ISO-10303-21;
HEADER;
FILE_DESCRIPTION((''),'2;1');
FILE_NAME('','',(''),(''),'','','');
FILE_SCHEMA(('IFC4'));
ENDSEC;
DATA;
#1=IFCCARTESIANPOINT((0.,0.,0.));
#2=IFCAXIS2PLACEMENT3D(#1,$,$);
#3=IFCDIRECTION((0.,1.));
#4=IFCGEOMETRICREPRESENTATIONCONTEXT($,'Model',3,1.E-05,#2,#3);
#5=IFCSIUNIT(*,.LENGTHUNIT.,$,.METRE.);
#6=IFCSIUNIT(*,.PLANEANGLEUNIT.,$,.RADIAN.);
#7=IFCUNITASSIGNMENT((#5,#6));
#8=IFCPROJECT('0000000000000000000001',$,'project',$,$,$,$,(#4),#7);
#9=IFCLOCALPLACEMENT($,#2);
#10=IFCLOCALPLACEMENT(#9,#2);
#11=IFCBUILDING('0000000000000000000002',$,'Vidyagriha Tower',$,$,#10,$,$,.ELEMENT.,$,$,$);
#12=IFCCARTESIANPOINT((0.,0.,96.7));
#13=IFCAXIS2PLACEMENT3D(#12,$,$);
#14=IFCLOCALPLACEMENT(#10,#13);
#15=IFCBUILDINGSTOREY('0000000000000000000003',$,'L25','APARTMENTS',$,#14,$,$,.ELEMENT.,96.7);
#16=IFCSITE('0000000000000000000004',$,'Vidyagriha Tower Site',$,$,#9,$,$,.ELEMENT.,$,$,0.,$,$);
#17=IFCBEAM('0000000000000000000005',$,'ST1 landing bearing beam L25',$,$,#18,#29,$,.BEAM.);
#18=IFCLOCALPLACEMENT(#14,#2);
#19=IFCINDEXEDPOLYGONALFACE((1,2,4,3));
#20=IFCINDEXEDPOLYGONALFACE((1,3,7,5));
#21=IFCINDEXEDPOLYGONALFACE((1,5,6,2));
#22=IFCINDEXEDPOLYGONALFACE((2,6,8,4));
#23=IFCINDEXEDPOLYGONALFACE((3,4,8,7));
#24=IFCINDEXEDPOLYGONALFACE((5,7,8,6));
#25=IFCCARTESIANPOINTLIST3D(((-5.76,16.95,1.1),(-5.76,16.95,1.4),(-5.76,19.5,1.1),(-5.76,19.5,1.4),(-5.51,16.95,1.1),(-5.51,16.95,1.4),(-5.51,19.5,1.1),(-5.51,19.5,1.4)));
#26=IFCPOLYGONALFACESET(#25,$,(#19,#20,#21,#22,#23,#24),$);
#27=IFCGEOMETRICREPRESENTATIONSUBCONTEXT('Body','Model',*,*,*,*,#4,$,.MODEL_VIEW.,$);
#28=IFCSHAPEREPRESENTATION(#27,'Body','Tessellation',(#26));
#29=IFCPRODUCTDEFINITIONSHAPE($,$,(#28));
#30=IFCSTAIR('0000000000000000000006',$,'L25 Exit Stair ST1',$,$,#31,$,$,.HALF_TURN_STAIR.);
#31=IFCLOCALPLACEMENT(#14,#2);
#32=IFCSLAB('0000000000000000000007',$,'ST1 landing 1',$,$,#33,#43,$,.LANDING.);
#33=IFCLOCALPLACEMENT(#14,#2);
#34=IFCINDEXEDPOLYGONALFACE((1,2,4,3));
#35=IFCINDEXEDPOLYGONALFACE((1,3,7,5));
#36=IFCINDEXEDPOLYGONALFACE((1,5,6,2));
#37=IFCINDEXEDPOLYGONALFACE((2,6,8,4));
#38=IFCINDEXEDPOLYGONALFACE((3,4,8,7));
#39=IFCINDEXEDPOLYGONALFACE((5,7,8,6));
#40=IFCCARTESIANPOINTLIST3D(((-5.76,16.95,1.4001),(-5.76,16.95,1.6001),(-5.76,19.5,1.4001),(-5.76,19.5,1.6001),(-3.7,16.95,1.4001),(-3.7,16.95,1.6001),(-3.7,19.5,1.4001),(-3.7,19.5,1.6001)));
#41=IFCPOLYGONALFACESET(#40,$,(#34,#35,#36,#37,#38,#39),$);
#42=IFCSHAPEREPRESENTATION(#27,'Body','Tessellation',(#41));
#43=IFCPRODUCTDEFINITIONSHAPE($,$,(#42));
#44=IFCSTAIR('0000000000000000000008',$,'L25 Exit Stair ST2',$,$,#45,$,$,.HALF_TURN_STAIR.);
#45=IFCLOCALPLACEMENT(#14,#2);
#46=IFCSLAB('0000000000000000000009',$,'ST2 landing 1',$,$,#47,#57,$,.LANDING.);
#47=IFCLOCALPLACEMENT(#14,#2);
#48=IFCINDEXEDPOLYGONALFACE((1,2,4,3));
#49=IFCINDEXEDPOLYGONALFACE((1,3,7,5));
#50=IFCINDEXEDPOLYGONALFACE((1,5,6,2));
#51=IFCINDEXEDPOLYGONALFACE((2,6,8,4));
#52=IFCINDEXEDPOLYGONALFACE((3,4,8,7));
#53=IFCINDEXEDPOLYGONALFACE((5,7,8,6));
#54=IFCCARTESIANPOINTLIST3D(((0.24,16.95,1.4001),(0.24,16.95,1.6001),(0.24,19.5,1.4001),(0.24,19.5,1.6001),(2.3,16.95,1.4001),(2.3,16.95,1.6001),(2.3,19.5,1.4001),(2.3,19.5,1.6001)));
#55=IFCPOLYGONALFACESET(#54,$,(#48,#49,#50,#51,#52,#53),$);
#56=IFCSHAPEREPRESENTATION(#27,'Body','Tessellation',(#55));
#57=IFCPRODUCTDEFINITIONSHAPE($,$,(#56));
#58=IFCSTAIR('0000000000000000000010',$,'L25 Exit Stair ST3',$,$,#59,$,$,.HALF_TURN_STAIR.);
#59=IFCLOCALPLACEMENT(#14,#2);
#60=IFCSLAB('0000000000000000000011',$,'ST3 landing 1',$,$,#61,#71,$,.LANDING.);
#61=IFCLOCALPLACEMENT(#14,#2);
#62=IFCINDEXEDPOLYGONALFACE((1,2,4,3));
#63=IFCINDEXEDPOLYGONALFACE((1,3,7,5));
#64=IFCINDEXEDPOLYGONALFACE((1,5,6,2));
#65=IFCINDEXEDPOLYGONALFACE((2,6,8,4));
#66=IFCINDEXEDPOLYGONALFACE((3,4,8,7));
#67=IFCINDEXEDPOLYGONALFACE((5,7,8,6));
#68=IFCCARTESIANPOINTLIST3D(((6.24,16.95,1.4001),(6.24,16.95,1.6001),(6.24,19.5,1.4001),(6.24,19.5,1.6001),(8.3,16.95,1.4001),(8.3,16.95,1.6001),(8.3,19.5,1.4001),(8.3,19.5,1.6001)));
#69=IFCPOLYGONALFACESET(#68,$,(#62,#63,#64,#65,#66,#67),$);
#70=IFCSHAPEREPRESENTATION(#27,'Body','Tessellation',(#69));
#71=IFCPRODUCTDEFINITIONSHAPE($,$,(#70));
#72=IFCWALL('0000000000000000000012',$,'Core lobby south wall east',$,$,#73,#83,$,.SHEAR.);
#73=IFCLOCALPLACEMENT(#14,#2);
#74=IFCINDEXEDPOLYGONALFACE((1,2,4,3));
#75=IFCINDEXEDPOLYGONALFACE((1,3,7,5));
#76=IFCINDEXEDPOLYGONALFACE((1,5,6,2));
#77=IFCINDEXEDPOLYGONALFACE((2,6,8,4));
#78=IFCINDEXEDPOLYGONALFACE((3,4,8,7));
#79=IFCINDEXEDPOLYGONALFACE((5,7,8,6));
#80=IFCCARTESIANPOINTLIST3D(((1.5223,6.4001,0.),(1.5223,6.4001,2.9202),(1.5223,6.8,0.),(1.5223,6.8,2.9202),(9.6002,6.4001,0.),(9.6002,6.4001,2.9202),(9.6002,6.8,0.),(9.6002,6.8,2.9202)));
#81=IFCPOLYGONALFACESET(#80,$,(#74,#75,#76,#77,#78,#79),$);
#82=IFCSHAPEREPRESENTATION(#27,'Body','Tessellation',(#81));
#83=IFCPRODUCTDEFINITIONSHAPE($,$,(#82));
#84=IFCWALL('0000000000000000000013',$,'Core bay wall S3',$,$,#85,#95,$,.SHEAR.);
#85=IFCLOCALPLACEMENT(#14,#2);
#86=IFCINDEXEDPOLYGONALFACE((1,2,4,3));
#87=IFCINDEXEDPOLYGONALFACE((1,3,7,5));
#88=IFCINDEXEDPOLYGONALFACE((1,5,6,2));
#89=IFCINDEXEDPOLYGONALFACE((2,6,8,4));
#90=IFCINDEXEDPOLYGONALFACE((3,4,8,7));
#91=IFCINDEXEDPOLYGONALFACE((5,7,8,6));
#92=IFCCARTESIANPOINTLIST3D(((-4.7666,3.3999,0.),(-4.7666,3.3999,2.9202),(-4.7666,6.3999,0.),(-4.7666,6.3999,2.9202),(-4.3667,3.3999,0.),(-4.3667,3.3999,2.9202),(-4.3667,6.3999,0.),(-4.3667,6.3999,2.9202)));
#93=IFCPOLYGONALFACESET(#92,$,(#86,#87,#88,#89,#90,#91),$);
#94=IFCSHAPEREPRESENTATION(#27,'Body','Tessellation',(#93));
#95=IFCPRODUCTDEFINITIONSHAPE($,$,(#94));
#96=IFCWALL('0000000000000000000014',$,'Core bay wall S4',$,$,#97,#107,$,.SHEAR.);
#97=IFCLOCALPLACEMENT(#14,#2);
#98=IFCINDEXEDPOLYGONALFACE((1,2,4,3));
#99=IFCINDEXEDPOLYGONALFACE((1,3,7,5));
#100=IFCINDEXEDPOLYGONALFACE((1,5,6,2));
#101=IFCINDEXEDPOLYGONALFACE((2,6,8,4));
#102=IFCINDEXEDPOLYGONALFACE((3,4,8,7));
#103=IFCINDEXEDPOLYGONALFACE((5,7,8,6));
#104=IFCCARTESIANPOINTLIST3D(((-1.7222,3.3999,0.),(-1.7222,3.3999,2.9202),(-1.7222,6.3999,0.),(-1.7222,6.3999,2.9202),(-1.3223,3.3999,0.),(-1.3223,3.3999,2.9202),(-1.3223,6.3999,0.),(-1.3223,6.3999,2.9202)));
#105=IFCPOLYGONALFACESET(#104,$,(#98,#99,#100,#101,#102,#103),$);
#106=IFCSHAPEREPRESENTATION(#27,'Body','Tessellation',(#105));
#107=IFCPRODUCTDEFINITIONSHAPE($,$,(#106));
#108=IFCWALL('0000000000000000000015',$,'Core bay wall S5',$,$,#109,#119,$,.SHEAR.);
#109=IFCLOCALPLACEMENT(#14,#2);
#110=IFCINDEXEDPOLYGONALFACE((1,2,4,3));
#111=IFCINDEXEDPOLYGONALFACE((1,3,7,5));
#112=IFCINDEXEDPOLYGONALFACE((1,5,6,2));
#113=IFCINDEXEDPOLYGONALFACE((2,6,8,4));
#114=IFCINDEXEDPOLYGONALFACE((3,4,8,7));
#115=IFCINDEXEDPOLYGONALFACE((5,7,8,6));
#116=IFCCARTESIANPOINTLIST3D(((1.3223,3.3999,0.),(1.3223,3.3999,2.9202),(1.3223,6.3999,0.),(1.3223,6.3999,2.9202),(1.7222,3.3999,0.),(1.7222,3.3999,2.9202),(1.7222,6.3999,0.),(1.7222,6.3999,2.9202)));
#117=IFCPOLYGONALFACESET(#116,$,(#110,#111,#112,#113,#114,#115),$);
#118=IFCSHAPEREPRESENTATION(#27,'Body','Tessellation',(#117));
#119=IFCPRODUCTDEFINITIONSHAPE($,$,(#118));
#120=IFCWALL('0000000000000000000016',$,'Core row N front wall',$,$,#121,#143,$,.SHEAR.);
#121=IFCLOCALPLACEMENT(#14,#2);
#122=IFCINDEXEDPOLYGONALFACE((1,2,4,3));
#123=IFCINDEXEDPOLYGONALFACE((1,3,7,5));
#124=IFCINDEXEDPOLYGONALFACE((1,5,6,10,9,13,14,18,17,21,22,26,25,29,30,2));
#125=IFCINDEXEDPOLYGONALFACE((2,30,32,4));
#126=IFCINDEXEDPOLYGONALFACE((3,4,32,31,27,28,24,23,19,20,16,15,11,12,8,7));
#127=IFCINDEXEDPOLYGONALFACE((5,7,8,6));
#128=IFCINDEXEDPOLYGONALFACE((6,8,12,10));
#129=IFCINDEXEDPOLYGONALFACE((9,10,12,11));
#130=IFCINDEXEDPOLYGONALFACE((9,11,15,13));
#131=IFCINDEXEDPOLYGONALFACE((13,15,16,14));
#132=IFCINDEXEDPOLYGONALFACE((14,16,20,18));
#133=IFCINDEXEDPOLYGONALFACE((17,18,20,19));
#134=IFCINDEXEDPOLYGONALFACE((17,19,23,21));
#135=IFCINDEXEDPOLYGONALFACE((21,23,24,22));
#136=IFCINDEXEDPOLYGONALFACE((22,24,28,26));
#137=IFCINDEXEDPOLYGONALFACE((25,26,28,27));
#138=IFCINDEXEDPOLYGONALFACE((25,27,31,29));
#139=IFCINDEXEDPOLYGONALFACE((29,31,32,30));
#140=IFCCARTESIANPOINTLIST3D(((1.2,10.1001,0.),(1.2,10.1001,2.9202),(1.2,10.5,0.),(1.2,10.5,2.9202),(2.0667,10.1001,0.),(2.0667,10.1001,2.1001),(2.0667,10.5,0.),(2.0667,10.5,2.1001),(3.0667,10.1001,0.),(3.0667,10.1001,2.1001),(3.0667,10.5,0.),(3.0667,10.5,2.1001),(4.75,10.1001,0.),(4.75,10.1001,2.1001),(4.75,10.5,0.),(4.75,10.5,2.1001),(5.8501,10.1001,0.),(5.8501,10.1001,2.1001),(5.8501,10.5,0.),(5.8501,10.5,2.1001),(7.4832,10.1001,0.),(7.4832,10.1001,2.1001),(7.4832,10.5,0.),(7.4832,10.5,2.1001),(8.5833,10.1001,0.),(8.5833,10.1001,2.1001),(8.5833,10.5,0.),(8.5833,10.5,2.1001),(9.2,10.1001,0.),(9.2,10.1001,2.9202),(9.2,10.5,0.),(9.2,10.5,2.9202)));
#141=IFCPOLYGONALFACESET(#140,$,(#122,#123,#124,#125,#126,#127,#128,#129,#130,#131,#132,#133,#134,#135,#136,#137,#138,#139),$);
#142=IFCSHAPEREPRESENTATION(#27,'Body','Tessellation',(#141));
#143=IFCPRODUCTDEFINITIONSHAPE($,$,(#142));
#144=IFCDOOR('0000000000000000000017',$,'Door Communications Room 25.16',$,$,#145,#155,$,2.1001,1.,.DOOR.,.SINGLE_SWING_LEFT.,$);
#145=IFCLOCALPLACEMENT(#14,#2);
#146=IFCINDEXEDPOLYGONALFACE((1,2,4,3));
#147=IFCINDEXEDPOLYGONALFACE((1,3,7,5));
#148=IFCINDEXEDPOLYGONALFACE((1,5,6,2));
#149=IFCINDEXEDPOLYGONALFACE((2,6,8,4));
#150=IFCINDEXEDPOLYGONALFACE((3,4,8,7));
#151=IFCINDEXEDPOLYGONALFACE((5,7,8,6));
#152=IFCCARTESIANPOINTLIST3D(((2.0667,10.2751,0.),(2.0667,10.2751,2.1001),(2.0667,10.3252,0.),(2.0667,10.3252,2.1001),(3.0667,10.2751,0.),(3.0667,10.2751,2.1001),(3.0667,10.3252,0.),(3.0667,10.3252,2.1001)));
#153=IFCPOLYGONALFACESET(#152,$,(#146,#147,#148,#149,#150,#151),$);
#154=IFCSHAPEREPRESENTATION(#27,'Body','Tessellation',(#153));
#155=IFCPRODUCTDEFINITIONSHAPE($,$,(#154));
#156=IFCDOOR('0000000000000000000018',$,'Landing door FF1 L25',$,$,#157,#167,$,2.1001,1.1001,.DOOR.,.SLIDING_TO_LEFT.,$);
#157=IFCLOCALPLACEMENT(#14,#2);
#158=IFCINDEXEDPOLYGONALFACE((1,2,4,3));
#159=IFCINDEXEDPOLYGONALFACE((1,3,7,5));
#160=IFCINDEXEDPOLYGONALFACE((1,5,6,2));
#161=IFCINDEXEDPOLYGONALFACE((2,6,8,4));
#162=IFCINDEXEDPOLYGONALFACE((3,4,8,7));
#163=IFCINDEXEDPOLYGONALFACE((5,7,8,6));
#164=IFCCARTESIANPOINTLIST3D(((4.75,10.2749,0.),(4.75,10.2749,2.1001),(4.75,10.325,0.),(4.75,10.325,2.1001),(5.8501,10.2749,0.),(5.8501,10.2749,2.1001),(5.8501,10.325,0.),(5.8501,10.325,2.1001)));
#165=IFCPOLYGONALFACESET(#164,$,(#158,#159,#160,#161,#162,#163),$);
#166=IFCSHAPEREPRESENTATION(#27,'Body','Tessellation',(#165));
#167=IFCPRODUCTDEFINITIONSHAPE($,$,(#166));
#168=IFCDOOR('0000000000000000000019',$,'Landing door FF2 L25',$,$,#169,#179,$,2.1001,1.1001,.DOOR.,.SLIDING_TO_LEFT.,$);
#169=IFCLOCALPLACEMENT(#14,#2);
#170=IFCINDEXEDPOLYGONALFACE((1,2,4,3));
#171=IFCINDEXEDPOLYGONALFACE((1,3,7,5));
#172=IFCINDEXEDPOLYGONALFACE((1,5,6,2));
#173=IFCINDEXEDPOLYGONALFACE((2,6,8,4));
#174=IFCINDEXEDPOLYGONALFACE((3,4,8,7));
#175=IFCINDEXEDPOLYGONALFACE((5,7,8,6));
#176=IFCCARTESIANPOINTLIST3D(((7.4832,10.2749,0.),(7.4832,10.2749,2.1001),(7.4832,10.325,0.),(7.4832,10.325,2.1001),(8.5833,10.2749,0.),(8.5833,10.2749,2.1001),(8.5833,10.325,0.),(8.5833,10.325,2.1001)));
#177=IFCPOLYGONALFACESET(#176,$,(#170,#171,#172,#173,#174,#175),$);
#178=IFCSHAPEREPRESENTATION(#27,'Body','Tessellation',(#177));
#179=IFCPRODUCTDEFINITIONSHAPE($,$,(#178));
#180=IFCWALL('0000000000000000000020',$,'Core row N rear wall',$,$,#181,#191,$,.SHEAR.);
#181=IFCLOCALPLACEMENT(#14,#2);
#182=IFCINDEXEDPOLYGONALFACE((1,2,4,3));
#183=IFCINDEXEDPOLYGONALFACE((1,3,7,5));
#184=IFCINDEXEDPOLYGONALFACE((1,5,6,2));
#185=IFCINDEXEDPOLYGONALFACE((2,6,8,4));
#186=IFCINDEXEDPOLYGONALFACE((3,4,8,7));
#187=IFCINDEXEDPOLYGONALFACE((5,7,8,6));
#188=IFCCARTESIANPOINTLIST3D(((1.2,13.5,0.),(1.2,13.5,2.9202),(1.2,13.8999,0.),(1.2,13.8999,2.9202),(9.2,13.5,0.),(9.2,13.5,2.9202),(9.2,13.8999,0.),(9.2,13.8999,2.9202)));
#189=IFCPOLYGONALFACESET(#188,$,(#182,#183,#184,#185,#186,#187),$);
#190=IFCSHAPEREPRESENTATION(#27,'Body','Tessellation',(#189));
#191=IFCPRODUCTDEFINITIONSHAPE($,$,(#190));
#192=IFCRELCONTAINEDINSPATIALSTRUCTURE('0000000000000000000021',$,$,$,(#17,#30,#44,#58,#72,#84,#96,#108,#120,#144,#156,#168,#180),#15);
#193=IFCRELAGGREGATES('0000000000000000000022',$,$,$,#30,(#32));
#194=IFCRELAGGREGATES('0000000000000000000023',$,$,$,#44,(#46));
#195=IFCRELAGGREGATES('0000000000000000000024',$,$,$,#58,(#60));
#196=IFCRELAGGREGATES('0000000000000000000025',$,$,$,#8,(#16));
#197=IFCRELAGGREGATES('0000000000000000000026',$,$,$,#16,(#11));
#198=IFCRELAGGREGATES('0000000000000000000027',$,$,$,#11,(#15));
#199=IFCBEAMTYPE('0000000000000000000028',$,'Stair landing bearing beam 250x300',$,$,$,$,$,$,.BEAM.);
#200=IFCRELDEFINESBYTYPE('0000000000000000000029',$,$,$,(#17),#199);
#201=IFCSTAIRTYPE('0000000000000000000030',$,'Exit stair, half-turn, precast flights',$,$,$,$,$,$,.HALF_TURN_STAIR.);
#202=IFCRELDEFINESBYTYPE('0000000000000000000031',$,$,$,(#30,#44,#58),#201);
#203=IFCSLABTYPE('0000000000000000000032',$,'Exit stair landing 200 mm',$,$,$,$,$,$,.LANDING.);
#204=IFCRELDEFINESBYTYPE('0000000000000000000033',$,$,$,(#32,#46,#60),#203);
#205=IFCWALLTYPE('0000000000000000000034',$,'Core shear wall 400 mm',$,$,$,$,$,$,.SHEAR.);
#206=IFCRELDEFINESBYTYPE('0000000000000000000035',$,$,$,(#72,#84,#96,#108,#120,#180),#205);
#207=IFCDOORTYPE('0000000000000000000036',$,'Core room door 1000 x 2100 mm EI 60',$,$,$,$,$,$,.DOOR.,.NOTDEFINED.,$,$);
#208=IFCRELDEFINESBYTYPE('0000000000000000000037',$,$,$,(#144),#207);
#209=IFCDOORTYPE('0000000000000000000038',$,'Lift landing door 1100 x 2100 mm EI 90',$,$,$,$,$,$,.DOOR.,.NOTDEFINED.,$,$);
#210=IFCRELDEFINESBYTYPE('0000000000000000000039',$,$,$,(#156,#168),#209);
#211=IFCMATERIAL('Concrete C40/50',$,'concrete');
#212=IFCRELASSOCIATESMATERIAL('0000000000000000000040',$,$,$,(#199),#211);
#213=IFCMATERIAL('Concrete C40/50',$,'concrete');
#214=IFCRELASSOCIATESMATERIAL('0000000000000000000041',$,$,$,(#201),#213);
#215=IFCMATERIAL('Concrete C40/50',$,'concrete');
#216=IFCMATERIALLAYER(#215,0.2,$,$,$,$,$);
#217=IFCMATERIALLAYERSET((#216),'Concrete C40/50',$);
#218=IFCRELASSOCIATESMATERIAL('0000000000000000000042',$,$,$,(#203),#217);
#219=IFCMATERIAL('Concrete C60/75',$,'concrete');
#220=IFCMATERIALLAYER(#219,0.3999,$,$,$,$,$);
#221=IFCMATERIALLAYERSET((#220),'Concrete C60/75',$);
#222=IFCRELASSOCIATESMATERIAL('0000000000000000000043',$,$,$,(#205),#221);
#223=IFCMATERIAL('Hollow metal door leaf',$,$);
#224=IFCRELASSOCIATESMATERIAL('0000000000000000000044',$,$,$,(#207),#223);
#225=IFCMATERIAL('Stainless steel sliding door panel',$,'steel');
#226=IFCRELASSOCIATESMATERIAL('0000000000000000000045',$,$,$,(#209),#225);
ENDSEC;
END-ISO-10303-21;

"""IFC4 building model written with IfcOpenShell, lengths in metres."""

from ifc_helpers import new_model, si_unit, direction, frame, frame_2d, origin, origin_2d, place, context, subcontext, project, spatial, polyline, rectangle, outline, extrude, material, layer, layer_set, material_profile, profile_set, type_object, element, fill, aggregate, save


model = new_model("IFC4")

# Units and contexts
model_context = context("Model", 3, precision=1e-05, world=origin(), true_north=direction((0.0, 1.0)))
body_context = subcontext(model_context, "Body", "Model", "MODEL_VIEW")
ifc_project = project(units=[si_unit("LENGTHUNIT", "METRE"), si_unit("PLANEANGLEUNIT", "RADIAN")], contexts=[model_context])

# Site, building, storey
site_placement = place(None, origin())
site = spatial("IfcSite", under=ifc_project, at=site_placement, Name="Vidyagriha Tower Site", CompositionType="ELEMENT", RefElevation=0.0)
building_placement = place(site_placement, origin())
building = spatial("IfcBuilding", under=site, at=building_placement, Name="Vidyagriha Tower", CompositionType="ELEMENT")
storey_placement = place(building_placement, frame((0.0, 0.0, 96.7)))
storey = spatial("IfcBuildingStorey", under=building, at=storey_placement, Name="L25", Description="APARTMENTS", CompositionType="ELEMENT", Elevation=96.7)

# Beam
ifc_material_1 = material(Name="Concrete C40/50", Category="concrete")
ifc_material_profile = material_profile(ifc_material_1, rectangle(XDim=0.25, YDim=0.3, at=origin_2d()), Name="Stair landing bearing beam 250x300")
ifc_profile_set = profile_set([ifc_material_profile], Name="Concrete C40/50")
beam_type = type_object("IfcBeamType", Name="Stair landing bearing beam 250x300", PredefinedType="BEAM", material=ifc_profile_set)
beam_placement = place(storey_placement, frame((-5.635, 16.95, 1.25), z_axis=(0.0, 1.0, 0.0), x_axis=(-1.0, 0.0, 0.0)))
element("IfcBeam", 1, at=beam_placement, inside=storey, type_object=beam_type, Name="ST1 landing bearing beam L25", PredefinedType="BEAM", context=body_context, shape_type="SweptSolid", body=[
    extrude(rectangle(XDim=0.25, YDim=0.3, at=origin_2d()), origin(), (0.0, 0.0, 1.0), 2.55),
])

# Stairs, slabs
ifc_material_2 = material(Name="Concrete C40/50", Category="concrete")
stair_type = type_object("IfcStairType", Name="Exit stair, half-turn, precast flights", PredefinedType="HALF_TURN_STAIR", material=ifc_material_2)
stair_1_placement = place(storey_placement, origin())
stair_1 = element("IfcStair", 2, at=stair_1_placement, inside=storey, type_object=stair_type, Name="L25 Exit Stair ST1", PredefinedType="HALF_TURN_STAIR")
ifc_material_3 = material(Name="Concrete C40/50", Category="concrete")
ifc_layer_1 = layer(ifc_material_3, 0.2)
ifc_layer_set_1 = layer_set([ifc_layer_1], Name="Concrete C40/50")
slab_type = type_object("IfcSlabType", Name="Exit stair landing 200 mm", PredefinedType="LANDING", material=ifc_layer_set_1)
slab_1_placement = place(storey_placement, frame((0.0, 0.0, 1.4001)))
slab_1 = element("IfcSlab", 3, at=slab_1_placement, type_object=slab_type, Name="ST1 landing 1", PredefinedType="LANDING", context=body_context, shape_type="SweptSolid", body=[
    extrude(outline(polyline([(-5.76, 16.95), (-3.7, 16.95), (-3.7, 19.5), (-5.76, 19.5), (-5.76, 16.95)])), origin(), (0.0, 0.0, 1.0), 0.2),
])
aggregate(stair_1, [slab_1])
stair_2_placement = place(storey_placement, origin())
stair_2 = element("IfcStair", 4, at=stair_2_placement, inside=storey, type_object=stair_type, Name="L25 Exit Stair ST2", PredefinedType="HALF_TURN_STAIR")
slab_2_placement = place(storey_placement, frame((0.0, 0.0, 1.4001)))
slab_2 = element("IfcSlab", 5, at=slab_2_placement, type_object=slab_type, Name="ST2 landing 1", PredefinedType="LANDING", context=body_context, shape_type="SweptSolid", body=[
    extrude(outline(polyline([(0.24, 16.95), (2.3, 16.95), (2.3, 19.5), (0.24, 19.5), (0.24, 16.95)])), origin(), (0.0, 0.0, 1.0), 0.2),
])
aggregate(stair_2, [slab_2])
stair_3_placement = place(storey_placement, origin())
stair_3 = element("IfcStair", 6, at=stair_3_placement, inside=storey, type_object=stair_type, Name="L25 Exit Stair ST3", PredefinedType="HALF_TURN_STAIR")
slab_3_placement = place(storey_placement, frame((0.0, 0.0, 1.4001)))
slab_3 = element("IfcSlab", 7, at=slab_3_placement, type_object=slab_type, Name="ST3 landing 1", PredefinedType="LANDING", context=body_context, shape_type="SweptSolid", body=[
    extrude(outline(polyline([(6.24, 16.95), (8.3, 16.95), (8.3, 19.5), (6.24, 19.5), (6.24, 16.95)])), origin(), (0.0, 0.0, 1.0), 0.2),
])
aggregate(stair_3, [slab_3])

# Walls
ifc_material_4 = material(Name="Concrete C60/75", Category="concrete")
ifc_layer_2 = layer(ifc_material_4, 0.3999)
ifc_layer_set_2 = layer_set([ifc_layer_2], Name="Concrete C60/75")
wall_type = type_object("IfcWallType", Name="Core shear wall 400 mm", PredefinedType="SHEAR", material=ifc_layer_set_2)
wall_1_placement = place(storey_placement, frame((1.5222, 6.6001, 0.0)))
element("IfcWall", 8, at=wall_1_placement, inside=storey, type_object=wall_type, Name="Core lobby south wall east", PredefinedType="SHEAR", context=body_context, shape_type="SweptSolid", body=[
    extrude(rectangle(XDim=8.0779, YDim=0.3999, at=frame_2d((4.0391, 0.0))), origin(), (0.0, 0.0, 1.0), 2.9202),
])
for number, where, z_axis, x_axis, name in (
    (9, (-4.5667, 3.3999, 0.0), (0.0, 0.0, 1.0), (0.0, 1.0, 0.0), "Core bay wall S3"),
    (10, (-1.5222, 3.3999, 0.0), (0.0, 0.0, 1.0), (0.0, 1.0, 0.0), "Core bay wall S4"),
    (11, (1.5222, 3.3999, 0.0), (0.0, 0.0, 1.0), (0.0, 1.0, 0.0), "Core bay wall S5"),
):
    element("IfcWall", number, at=place(storey_placement, frame(where, z_axis=z_axis, x_axis=x_axis)), inside=storey, type_object=wall_type, Name=name, PredefinedType="SHEAR", context=body_context, shape_type="SweptSolid", body=[
        extrude(rectangle(XDim=3.0, YDim=0.3999, at=frame_2d((1.5, 0.0))), origin(), (0.0, 0.0, 1.0), 2.9202),
    ])

# Wall, openings, doors
wall_2_placement = place(storey_placement, frame((1.2, 10.3, 0.0)))
wall_2 = element("IfcWall", 12, at=wall_2_placement, inside=storey, type_object=wall_type, Name="Core row N front wall", PredefinedType="SHEAR", context=body_context, shape_type="SweptSolid", body=[
    extrude(rectangle(XDim=8.0, YDim=0.3999, at=frame_2d((4.0, 0.0))), origin(), (0.0, 0.0, 1.0), 2.9202),
])
opening_1_placement = place(wall_2_placement, frame((3.55, 0.0, 0.0)))
opening_1 = element("IfcOpeningElement", 13, at=opening_1_placement, cuts=wall_2, PredefinedType="OPENING", context=body_context, shape_type="SweptSolid", body=[
    extrude(rectangle(XDim=1.1001, YDim=2.1001, at=frame_2d((0.55, 1.05))), frame((0.0, 0.21, 0.0), z_axis=(0.0, -1.0, 0.0), x_axis=(1.0, 0.0, 0.0)), (0.0, 0.0, 1.0), 0.4199),
])
opening_2_placement = place(wall_2_placement, frame((6.2832, 0.0, 0.0)))
opening_2 = element("IfcOpeningElement", 14, at=opening_2_placement, cuts=wall_2, PredefinedType="OPENING", context=body_context, shape_type="SweptSolid", body=[
    extrude(rectangle(XDim=1.1001, YDim=2.1001, at=frame_2d((0.55, 1.05))), frame((0.0, 0.21, 0.0), z_axis=(0.0, -1.0, 0.0), x_axis=(1.0, 0.0, 0.0)), (0.0, 0.0, 1.0), 0.4199),
])
opening_3_placement = place(wall_2_placement, frame((0.8667, 0.0, 0.0)))
opening_3 = element("IfcOpeningElement", 15, at=opening_3_placement, cuts=wall_2, PredefinedType="OPENING", context=body_context, shape_type="SweptSolid", body=[
    extrude(rectangle(XDim=1.0, YDim=2.1001, at=frame_2d((0.5, 1.05))), frame((0.0, 0.21, 0.0), z_axis=(0.0, -1.0, 0.0), x_axis=(1.0, 0.0, 0.0)), (0.0, 0.0, 1.0), 0.4199),
])
ifc_material_5 = material(Name="Hollow metal door leaf")
door_type_1 = type_object("IfcDoorType", Name="Core room door 1000 x 2100 mm EI 60", OperationType="NOTDEFINED", PredefinedType="DOOR", material=ifc_material_5)
door_1_placement = place(opening_3_placement, frame((1.0, 0.0, 0.0), z_axis=(0.0, 0.0, 1.0), x_axis=(-1.0, 0.0, 0.0)))
door_1 = element("IfcDoor", 16, at=door_1_placement, inside=storey, type_object=door_type_1, Name="Door Communications Room 25.16", OperationType="SINGLE_SWING_LEFT", OverallHeight=2.1001, OverallWidth=1.0, PredefinedType="DOOR", context=body_context, shape_type="SweptSolid", body=[
    extrude(rectangle(XDim=1.0, YDim=2.1001, at=frame_2d((0.5, 1.05))), frame((0.0, 0.0249, 0.0), z_axis=(0.0, -1.0, 0.0), x_axis=(1.0, 0.0, 0.0)), (0.0, 0.0, 1.0), 0.05),
])
fill(opening_3, door_1)
ifc_material_6 = material(Name="Stainless steel sliding door panel", Category="steel")
door_type_2 = type_object("IfcDoorType", Name="Lift landing door 1100 x 2100 mm EI 90", OperationType="NOTDEFINED", PredefinedType="DOOR", material=ifc_material_6)
door_2_placement = place(opening_1_placement, origin())
door_2 = element("IfcDoor", 17, at=door_2_placement, inside=storey, type_object=door_type_2, Name="Landing door FF1 L25", OperationType="SLIDING_TO_LEFT", OverallHeight=2.1001, OverallWidth=1.1001, PredefinedType="DOOR", context=body_context, shape_type="SweptSolid", body=[
    extrude(rectangle(XDim=1.1001, YDim=2.1001, at=frame_2d((0.55, 1.05))), frame((0.0, 0.0249, 0.0), z_axis=(0.0, -1.0, 0.0), x_axis=(1.0, 0.0, 0.0)), (0.0, 0.0, 1.0), 0.05),
])
fill(opening_1, door_2)
door_3_placement = place(opening_2_placement, origin())
door_3 = element("IfcDoor", 18, at=door_3_placement, inside=storey, type_object=door_type_2, Name="Landing door FF2 L25", OperationType="SLIDING_TO_LEFT", OverallHeight=2.1001, OverallWidth=1.1001, PredefinedType="DOOR", context=body_context, shape_type="SweptSolid", body=[
    extrude(rectangle(XDim=1.1001, YDim=2.1001, at=frame_2d((0.55, 1.05))), frame((0.0, 0.0249, 0.0), z_axis=(0.0, -1.0, 0.0), x_axis=(1.0, 0.0, 0.0)), (0.0, 0.0, 1.0), 0.05),
])
fill(opening_2, door_3)

# Wall
wall_3_placement = place(storey_placement, frame((1.2, 13.7, 0.0)))
element("IfcWall", 19, at=wall_3_placement, inside=storey, type_object=wall_type, Name="Core row N rear wall", PredefinedType="SHEAR", context=body_context, shape_type="SweptSolid", body=[
    extrude(rectangle(XDim=8.0, YDim=0.3999, at=frame_2d((4.0, 0.0))), origin(), (0.0, 0.0, 1.0), 2.9202),
])

save(model, "model.ifc")
